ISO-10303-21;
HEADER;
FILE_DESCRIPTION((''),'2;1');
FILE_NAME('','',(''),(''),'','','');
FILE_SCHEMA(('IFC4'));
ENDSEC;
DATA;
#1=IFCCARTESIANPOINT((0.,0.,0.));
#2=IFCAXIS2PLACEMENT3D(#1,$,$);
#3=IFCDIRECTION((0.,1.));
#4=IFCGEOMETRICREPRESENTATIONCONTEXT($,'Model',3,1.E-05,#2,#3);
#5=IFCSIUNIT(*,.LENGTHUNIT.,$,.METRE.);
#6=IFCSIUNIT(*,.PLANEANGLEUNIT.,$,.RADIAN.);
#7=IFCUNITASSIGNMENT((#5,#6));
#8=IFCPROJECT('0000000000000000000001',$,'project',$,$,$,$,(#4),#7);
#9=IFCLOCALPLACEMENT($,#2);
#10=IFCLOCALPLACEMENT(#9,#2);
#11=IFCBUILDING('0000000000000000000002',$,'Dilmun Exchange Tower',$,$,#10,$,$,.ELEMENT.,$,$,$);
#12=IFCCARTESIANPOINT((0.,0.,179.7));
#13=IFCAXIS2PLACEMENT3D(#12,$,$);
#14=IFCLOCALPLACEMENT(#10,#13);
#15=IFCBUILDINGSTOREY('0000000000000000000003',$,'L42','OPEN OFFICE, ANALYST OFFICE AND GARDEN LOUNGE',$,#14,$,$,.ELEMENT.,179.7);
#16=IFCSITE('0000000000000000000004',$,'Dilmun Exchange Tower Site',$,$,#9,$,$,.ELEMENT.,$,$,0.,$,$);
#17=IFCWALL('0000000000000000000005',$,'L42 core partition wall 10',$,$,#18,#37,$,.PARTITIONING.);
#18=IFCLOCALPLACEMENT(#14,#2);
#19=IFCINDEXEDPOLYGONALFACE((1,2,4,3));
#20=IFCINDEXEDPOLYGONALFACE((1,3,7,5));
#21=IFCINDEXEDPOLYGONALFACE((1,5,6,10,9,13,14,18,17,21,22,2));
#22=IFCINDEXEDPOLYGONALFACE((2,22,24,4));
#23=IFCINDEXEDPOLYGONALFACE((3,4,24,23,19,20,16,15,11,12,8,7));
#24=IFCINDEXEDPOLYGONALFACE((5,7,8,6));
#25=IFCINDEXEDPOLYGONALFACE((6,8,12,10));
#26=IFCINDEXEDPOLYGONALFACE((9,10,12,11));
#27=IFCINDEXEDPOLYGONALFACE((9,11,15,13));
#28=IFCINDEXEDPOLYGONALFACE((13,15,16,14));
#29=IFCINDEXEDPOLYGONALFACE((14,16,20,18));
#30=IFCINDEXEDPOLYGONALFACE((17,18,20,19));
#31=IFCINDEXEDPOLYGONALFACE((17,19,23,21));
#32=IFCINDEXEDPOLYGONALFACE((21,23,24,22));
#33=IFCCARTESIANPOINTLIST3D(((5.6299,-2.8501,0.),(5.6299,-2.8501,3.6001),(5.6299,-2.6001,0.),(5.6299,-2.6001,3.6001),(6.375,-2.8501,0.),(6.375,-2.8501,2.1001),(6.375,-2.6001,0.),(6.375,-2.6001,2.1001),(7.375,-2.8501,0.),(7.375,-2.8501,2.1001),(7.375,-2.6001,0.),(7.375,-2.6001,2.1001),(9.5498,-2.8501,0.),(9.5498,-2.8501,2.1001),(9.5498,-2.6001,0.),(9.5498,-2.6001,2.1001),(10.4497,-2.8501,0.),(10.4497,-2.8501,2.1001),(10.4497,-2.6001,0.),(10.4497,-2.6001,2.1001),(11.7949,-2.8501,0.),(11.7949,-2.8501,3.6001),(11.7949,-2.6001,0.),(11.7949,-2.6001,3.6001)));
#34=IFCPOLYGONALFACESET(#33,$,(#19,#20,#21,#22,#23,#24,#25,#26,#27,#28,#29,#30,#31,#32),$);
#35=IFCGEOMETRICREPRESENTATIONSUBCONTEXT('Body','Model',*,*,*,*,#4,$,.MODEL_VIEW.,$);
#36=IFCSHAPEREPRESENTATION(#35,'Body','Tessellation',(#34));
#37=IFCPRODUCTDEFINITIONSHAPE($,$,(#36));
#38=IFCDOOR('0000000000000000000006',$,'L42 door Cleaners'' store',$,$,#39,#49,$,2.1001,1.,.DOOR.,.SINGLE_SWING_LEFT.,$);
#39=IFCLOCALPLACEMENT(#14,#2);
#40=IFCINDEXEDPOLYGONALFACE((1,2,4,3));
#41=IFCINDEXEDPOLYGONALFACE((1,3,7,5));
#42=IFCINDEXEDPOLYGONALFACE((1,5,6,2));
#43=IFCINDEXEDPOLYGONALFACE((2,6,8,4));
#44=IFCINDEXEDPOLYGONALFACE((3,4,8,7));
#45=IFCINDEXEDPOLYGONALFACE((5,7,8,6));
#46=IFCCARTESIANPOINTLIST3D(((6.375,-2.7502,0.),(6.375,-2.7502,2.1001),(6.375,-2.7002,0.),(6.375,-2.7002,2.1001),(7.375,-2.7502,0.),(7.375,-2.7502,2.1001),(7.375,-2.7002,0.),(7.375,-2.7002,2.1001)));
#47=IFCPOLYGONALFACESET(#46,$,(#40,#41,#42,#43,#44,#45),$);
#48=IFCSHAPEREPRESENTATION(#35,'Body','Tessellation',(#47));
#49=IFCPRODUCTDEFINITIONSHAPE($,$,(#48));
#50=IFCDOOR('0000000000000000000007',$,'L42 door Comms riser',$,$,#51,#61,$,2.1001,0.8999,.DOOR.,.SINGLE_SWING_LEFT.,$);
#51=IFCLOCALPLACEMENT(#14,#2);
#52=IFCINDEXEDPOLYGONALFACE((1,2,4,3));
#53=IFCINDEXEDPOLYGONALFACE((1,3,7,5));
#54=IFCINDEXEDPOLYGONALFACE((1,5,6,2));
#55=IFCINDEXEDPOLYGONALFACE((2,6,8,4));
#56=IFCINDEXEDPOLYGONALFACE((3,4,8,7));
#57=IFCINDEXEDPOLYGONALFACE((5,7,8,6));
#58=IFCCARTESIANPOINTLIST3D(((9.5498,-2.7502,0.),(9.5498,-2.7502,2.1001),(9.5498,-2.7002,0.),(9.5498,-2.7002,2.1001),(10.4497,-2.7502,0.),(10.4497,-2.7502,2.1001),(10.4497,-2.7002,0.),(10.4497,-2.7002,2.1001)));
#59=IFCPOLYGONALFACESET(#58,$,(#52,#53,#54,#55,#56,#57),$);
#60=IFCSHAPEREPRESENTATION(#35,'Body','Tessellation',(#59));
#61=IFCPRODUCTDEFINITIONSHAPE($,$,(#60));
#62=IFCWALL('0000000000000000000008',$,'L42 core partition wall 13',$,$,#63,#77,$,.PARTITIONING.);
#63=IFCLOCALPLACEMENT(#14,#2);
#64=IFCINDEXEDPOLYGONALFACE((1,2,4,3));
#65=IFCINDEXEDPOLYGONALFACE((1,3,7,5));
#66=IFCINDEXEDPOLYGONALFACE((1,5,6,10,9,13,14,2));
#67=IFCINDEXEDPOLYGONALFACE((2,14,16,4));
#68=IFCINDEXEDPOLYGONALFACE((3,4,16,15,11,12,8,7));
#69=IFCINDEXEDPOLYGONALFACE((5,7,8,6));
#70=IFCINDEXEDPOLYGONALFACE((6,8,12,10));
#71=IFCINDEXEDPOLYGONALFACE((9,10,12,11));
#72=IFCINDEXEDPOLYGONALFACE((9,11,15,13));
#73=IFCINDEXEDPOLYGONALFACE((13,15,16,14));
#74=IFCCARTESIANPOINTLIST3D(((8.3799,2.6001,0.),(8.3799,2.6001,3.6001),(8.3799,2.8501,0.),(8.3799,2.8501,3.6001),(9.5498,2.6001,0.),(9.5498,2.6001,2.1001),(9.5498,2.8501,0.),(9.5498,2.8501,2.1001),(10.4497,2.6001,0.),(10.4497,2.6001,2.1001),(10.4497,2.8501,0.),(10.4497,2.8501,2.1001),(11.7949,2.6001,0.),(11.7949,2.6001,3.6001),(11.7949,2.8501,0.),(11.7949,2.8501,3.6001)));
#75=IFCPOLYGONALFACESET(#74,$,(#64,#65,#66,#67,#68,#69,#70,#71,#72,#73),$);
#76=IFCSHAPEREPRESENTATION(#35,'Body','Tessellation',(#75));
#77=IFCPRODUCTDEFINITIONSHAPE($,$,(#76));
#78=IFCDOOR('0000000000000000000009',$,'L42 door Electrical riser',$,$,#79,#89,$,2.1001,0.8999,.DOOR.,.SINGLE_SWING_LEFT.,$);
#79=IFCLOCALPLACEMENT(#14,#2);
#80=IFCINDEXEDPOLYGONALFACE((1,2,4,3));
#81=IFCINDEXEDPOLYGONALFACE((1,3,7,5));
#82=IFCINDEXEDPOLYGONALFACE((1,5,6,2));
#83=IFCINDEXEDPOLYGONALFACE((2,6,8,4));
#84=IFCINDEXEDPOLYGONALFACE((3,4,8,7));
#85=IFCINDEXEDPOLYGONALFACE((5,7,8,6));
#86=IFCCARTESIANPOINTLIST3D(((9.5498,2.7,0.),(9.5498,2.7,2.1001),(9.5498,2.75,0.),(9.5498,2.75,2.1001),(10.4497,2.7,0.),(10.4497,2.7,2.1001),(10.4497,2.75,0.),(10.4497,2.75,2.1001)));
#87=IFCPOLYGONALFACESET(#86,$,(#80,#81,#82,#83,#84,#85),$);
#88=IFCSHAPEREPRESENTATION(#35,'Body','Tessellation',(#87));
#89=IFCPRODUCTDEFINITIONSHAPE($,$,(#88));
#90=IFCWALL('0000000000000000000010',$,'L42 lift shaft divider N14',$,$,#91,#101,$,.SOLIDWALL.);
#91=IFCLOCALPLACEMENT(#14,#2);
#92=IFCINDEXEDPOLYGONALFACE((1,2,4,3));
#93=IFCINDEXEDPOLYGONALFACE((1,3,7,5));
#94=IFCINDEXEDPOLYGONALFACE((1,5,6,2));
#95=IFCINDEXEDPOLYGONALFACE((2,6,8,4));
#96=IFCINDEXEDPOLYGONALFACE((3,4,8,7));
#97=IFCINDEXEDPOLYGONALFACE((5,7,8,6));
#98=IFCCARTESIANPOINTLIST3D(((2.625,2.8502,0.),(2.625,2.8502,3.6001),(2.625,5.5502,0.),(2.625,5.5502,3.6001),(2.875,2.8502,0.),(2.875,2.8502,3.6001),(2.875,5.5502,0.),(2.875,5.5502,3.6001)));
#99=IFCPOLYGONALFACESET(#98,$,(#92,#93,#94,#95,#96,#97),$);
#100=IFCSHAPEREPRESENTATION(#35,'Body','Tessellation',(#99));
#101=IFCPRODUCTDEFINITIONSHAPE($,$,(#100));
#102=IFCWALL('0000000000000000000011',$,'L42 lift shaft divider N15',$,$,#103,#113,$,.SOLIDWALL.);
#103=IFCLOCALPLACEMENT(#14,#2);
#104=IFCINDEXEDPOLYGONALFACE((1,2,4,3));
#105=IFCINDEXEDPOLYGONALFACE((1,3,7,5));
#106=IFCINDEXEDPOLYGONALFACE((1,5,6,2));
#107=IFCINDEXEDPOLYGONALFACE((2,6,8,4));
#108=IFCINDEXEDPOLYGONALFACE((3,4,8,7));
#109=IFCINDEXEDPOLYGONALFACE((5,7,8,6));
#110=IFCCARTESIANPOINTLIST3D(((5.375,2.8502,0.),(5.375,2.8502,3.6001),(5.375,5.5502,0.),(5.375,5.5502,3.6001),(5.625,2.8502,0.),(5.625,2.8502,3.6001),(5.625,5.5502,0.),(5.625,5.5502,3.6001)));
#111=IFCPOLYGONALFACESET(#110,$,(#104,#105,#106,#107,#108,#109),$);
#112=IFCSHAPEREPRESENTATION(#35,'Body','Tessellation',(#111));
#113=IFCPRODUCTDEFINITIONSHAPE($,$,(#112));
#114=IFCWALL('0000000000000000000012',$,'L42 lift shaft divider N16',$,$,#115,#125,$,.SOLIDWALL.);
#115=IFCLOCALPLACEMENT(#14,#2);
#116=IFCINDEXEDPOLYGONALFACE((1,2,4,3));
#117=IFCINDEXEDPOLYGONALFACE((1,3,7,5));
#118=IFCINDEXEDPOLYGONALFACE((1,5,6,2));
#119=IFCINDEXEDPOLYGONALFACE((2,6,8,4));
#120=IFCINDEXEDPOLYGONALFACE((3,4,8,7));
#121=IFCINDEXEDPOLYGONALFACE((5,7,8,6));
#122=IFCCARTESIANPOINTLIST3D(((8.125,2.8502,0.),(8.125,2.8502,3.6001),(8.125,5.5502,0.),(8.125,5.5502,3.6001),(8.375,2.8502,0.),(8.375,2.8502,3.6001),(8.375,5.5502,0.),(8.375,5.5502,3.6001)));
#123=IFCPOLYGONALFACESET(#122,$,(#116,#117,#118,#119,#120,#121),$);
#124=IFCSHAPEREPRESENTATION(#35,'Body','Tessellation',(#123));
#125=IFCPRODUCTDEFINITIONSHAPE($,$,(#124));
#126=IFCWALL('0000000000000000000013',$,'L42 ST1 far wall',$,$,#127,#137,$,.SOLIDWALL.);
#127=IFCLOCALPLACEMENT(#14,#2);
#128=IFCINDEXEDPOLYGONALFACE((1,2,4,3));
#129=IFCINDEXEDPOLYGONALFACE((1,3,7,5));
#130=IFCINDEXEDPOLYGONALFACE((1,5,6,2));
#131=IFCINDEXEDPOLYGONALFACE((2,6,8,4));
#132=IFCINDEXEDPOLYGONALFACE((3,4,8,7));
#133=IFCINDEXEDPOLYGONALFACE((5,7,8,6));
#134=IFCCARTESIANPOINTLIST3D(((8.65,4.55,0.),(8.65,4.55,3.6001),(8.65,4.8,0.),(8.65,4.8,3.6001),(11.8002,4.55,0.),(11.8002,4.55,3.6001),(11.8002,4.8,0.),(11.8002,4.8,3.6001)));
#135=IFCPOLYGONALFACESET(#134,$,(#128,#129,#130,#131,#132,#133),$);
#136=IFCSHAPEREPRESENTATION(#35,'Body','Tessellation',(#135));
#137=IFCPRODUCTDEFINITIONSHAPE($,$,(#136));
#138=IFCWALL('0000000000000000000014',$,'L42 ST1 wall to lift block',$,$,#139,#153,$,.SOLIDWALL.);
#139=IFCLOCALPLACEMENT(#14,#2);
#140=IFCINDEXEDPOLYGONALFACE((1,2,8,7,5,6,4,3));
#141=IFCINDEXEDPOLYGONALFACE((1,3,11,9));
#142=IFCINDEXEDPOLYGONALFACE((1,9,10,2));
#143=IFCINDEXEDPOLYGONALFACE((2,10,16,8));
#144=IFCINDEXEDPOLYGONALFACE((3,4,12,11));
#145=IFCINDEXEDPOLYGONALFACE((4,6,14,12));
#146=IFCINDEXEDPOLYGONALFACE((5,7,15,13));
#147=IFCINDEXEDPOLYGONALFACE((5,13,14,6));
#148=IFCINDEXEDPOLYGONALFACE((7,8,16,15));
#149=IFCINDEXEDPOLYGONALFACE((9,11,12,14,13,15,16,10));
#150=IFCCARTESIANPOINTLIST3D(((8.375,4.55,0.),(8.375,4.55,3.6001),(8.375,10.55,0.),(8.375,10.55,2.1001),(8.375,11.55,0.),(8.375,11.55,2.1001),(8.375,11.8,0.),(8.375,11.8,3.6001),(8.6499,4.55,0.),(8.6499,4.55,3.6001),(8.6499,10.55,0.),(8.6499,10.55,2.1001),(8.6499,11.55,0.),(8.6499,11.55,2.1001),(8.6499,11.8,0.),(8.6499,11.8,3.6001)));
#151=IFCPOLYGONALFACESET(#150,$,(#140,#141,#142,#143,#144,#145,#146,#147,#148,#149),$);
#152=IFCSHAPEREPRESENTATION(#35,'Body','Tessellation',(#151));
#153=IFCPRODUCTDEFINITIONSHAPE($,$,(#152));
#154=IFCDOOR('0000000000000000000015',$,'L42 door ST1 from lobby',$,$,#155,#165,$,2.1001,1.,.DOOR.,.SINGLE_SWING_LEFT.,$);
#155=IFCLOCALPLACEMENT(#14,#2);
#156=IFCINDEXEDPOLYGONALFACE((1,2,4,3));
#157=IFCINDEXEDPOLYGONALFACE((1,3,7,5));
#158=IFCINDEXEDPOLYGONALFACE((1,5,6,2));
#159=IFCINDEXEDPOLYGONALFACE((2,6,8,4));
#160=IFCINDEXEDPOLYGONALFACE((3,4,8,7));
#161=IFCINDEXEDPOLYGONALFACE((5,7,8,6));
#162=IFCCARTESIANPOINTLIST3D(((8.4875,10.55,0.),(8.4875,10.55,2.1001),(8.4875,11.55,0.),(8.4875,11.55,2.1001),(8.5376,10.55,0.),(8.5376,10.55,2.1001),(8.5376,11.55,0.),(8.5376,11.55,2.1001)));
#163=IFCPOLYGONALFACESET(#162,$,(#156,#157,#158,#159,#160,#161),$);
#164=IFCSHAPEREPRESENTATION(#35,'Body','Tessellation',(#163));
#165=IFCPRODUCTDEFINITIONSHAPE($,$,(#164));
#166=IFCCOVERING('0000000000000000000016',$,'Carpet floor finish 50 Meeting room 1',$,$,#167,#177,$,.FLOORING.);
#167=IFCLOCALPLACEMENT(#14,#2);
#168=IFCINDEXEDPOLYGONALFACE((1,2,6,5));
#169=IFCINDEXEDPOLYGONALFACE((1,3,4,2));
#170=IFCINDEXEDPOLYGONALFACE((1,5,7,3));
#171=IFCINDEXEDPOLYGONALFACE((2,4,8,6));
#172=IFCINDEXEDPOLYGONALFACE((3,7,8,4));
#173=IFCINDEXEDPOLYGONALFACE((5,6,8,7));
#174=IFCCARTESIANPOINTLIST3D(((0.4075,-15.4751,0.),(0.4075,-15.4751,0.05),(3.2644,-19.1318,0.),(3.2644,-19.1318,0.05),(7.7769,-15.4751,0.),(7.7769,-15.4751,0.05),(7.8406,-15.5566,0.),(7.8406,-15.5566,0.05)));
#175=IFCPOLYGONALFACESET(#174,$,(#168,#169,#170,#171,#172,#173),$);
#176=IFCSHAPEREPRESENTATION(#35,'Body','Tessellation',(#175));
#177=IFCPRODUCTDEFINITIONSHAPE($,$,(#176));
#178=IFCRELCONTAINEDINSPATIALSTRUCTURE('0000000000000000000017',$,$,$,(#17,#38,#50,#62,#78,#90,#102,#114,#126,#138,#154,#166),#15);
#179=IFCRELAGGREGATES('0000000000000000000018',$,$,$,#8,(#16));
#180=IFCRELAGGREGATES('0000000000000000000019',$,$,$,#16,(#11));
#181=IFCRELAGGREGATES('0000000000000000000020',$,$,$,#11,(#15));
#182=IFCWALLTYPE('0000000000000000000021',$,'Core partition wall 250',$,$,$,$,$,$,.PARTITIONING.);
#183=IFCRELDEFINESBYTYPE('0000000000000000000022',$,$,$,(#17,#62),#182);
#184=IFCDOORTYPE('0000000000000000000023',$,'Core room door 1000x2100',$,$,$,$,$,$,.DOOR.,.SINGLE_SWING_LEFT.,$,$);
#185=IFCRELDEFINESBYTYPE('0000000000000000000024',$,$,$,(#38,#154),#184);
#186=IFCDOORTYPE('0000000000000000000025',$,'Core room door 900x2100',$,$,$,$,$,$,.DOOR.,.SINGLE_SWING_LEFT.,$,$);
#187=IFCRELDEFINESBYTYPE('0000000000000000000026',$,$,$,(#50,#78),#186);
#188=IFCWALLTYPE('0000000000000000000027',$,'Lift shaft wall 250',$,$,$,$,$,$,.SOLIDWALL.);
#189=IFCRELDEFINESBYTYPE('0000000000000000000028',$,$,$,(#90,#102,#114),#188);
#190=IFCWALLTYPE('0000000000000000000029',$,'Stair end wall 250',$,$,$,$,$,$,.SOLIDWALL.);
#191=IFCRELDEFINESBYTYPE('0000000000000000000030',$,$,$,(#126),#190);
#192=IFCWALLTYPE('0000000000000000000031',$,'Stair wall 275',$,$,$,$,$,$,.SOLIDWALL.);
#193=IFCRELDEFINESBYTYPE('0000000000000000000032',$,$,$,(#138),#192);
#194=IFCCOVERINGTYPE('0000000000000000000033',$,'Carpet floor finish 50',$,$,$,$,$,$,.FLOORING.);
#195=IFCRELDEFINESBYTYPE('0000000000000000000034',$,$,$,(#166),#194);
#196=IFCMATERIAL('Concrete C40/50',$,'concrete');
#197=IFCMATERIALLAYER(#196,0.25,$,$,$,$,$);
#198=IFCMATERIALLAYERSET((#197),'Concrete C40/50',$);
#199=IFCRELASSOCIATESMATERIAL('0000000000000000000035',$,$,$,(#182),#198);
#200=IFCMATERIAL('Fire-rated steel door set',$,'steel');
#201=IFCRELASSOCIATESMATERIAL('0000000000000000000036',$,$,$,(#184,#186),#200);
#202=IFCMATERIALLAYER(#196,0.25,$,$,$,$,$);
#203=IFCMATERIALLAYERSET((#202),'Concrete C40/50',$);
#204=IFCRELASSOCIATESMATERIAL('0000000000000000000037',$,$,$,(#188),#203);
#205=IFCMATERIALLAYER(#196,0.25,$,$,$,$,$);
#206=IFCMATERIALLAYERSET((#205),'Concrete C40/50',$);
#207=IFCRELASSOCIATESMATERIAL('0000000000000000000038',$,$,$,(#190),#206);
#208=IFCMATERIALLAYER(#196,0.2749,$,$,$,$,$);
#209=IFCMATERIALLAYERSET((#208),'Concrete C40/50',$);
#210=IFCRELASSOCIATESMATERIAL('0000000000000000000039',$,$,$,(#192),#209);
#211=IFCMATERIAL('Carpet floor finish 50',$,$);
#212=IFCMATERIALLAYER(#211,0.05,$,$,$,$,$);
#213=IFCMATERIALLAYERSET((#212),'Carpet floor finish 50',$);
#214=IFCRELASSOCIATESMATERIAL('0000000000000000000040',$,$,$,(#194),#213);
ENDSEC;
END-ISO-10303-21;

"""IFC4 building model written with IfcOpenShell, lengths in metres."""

from ifc_helpers import new_model, si_unit, direction, frame, frame_2d, origin, place, context, subcontext, project, spatial, polyline, rectangle, outline, extrude, material, layer, layer_set, type_object, element, fill, save


model = new_model("IFC4")

# Units and contexts
model_context = context("Model", 3, precision=1e-05, world=origin(), true_north=direction((0.0, 1.0)))
body_context = subcontext(model_context, "Body", "Model", "MODEL_VIEW")
ifc_project = project(units=[si_unit("LENGTHUNIT", "METRE"), si_unit("PLANEANGLEUNIT", "RADIAN")], contexts=[model_context])

# Site, building, storey
site_placement = place(None, origin())
site = spatial("IfcSite", under=ifc_project, at=site_placement, Name="Dilmun Exchange Tower Site", CompositionType="ELEMENT", RefElevation=0.0)
building_placement = place(site_placement, origin())
building = spatial("IfcBuilding", under=site, at=building_placement, Name="Dilmun Exchange Tower", CompositionType="ELEMENT")
storey_placement = place(building_placement, frame((0.0, 0.0, 179.7)))
storey = spatial("IfcBuildingStorey", under=building, at=storey_placement, Name="L42", Description="OPEN OFFICE, ANALYST OFFICE AND GARDEN LOUNGE", CompositionType="ELEMENT", Elevation=179.7)

# Shared definitions
ifc_material_1 = material(Name="Concrete C40/50", Category="concrete")
ifc_material_2 = material(Name="Fire-rated steel door set", Category="steel")

# Wall, openings, doors
ifc_layer_1 = layer(ifc_material_1, 0.25)
ifc_layer_set_1 = layer_set([ifc_layer_1], Name="Concrete C40/50")
wall_type_1 = type_object("IfcWallType", Name="Core partition wall 250", PredefinedType="PARTITIONING", material=ifc_layer_set_1)
wall_1_placement = place(storey_placement, frame((5.6299, -2.7251, 0.0), z_axis=(0.0, 0.0, 1.0), x_axis=(1.0, 0.0, 0.0)))
wall_1 = element("IfcWall", 1, at=wall_1_placement, inside=storey, type_object=wall_type_1, Name="L42 core partition wall 10", PredefinedType="PARTITIONING", context=body_context, shape_type="SweptSolid", body=[
    extrude(rectangle(XDim=6.165, YDim=0.25, at=frame_2d((3.0825, 0.0))), origin(), (0.0, 0.0, 1.0), 3.6001),
])
opening_1_placement = place(wall_1_placement, frame((0.7451, 0.0, 0.0)))
opening_1 = element("IfcOpeningElement", 2, at=opening_1_placement, cuts=wall_1, PredefinedType="OPENING", context=body_context, shape_type="SweptSolid", body=[
    extrude(rectangle(XDim=1.0, YDim=2.1001, at=frame_2d((0.5, 1.05))), frame((0.0, 0.135, 0.0), z_axis=(0.0, -1.0, 0.0), x_axis=(1.0, 0.0, 0.0)), (0.0, 0.0, 1.0), 0.27),
])
opening_2_placement = place(wall_1_placement, frame((3.9199, 0.0, 0.0)))
opening_2 = element("IfcOpeningElement", 3, at=opening_2_placement, cuts=wall_1, PredefinedType="OPENING", context=body_context, shape_type="SweptSolid", body=[
    extrude(rectangle(XDim=0.8999, YDim=2.1001, at=frame_2d((0.45, 1.05))), frame((0.0, 0.135, 0.0), z_axis=(0.0, -1.0, 0.0), x_axis=(1.0, 0.0, 0.0)), (0.0, 0.0, 1.0), 0.27),
])
door_type_1 = type_object("IfcDoorType", Name="Core room door 1000x2100", OperationType="SINGLE_SWING_LEFT", PredefinedType="DOOR", material=ifc_material_2)
door_1_placement = place(opening_1_placement, origin())
door_1 = element("IfcDoor", 4, at=door_1_placement, inside=storey, type_object=door_type_1, Name="L42 door Cleaners' store", OperationType="SINGLE_SWING_LEFT", OverallHeight=2.1001, OverallWidth=1.0, PredefinedType="DOOR", context=body_context, shape_type="SweptSolid", body=[
    extrude(rectangle(XDim=1.0, YDim=2.1001, at=frame_2d((0.5, 1.05))), frame((0.0, 0.0249, 0.0), z_axis=(0.0, -1.0, 0.0), x_axis=(1.0, 0.0, 0.0)), (0.0, 0.0, 1.0), 0.05),
])
fill(opening_1, door_1)
door_type_2 = type_object("IfcDoorType", Name="Core room door 900x2100", OperationType="SINGLE_SWING_LEFT", PredefinedType="DOOR", material=ifc_material_2)
door_2_placement = place(opening_2_placement, origin())
door_2 = element("IfcDoor", 5, at=door_2_placement, inside=storey, type_object=door_type_2, Name="L42 door Comms riser", OperationType="SINGLE_SWING_LEFT", OverallHeight=2.1001, OverallWidth=0.8999, PredefinedType="DOOR", context=body_context, shape_type="SweptSolid", body=[
    extrude(rectangle(XDim=0.8999, YDim=2.1001, at=frame_2d((0.45, 1.05))), frame((0.0, 0.0249, 0.0), z_axis=(0.0, -1.0, 0.0), x_axis=(1.0, 0.0, 0.0)), (0.0, 0.0, 1.0), 0.05),
])
fill(opening_2, door_2)

# Wall, opening, door
wall_2_placement = place(storey_placement, frame((8.3799, 2.7251, 0.0), z_axis=(0.0, 0.0, 1.0), x_axis=(1.0, 0.0, 0.0)))
wall_2 = element("IfcWall", 6, at=wall_2_placement, inside=storey, type_object=wall_type_1, Name="L42 core partition wall 13", PredefinedType="PARTITIONING", context=body_context, shape_type="SweptSolid", body=[
    extrude(rectangle(XDim=3.415, YDim=0.25, at=frame_2d((1.7075, 0.0))), origin(), (0.0, 0.0, 1.0), 3.6001),
])
opening_3_placement = place(wall_2_placement, frame((1.1699, 0.0, 0.0)))
opening_3 = element("IfcOpeningElement", 7, at=opening_3_placement, cuts=wall_2, PredefinedType="OPENING", context=body_context, shape_type="SweptSolid", body=[
    extrude(rectangle(XDim=0.8999, YDim=2.1001, at=frame_2d((0.45, 1.05))), frame((0.0, 0.135, 0.0), z_axis=(0.0, -1.0, 0.0), x_axis=(1.0, 0.0, 0.0)), (0.0, 0.0, 1.0), 0.27),
])
door_3_placement = place(opening_3_placement, origin())
door_3 = element("IfcDoor", 8, at=door_3_placement, inside=storey, type_object=door_type_2, Name="L42 door Electrical riser", OperationType="SINGLE_SWING_LEFT", OverallHeight=2.1001, OverallWidth=0.8999, PredefinedType="DOOR", context=body_context, shape_type="SweptSolid", body=[
    extrude(rectangle(XDim=0.8999, YDim=2.1001, at=frame_2d((0.45, 1.05))), frame((0.0, 0.0249, 0.0), z_axis=(0.0, -1.0, 0.0), x_axis=(1.0, 0.0, 0.0)), (0.0, 0.0, 1.0), 0.05),
])
fill(opening_3, door_3)

# Walls
ifc_layer_2 = layer(ifc_material_1, 0.25)
ifc_layer_set_2 = layer_set([ifc_layer_2], Name="Concrete C40/50")
wall_type_2 = type_object("IfcWallType", Name="Lift shaft wall 250", PredefinedType="SOLIDWALL", material=ifc_layer_set_2)
for number, where, z_axis, x_axis, name in (
    (9, (2.75, 2.8501, 0.0), (0.0, 0.0, 1.0), (0.0, 1.0, 0.0), "L42 lift shaft divider N14"),
    (10, (5.5, 2.8501, 0.0), (0.0, 0.0, 1.0), (0.0, 1.0, 0.0), "L42 lift shaft divider N15"),
    (11, (8.25, 2.8501, 0.0), (0.0, 0.0, 1.0), (0.0, 1.0, 0.0), "L42 lift shaft divider N16"),
):
    element("IfcWall", number, at=place(storey_placement, frame(where, z_axis=z_axis, x_axis=x_axis)), inside=storey, type_object=wall_type_2, Name=name, PredefinedType="SOLIDWALL", context=body_context, shape_type="SweptSolid", body=[
        extrude(rectangle(XDim=2.7, YDim=0.25, at=frame_2d((1.3501, 0.0))), origin(), (0.0, 0.0, 1.0), 3.6001),
    ])
ifc_layer_3 = layer(ifc_material_1, 0.25)
ifc_layer_set_3 = layer_set([ifc_layer_3], Name="Concrete C40/50")
wall_type_3 = type_object("IfcWallType", Name="Stair end wall 250", PredefinedType="SOLIDWALL", material=ifc_layer_set_3)
wall_3_placement = place(storey_placement, frame((8.6499, 4.675, 0.0), z_axis=(0.0, 0.0, 1.0), x_axis=(1.0, 0.0, 0.0)))
element("IfcWall", 12, at=wall_3_placement, inside=storey, type_object=wall_type_3, Name="L42 ST1 far wall", PredefinedType="SOLIDWALL", context=body_context, shape_type="SweptSolid", body=[
    extrude(rectangle(XDim=3.1501, YDim=0.25, at=frame_2d((1.5752, 0.0))), origin(), (0.0, 0.0, 1.0), 3.6001),
])

# Wall, opening, door
ifc_layer_4 = layer(ifc_material_1, 0.2749)
ifc_layer_set_4 = layer_set([ifc_layer_4], Name="Concrete C40/50")
wall_type_4 = type_object("IfcWallType", Name="Stair wall 275", PredefinedType="SOLIDWALL", material=ifc_layer_set_4)
wall_4_placement = place(storey_placement, frame((8.5125, 4.55, 0.0), z_axis=(0.0, 0.0, 1.0), x_axis=(0.0, 1.0, 0.0)))
wall_4 = element("IfcWall", 13, at=wall_4_placement, inside=storey, type_object=wall_type_4, Name="L42 ST1 wall to lift block", PredefinedType="SOLIDWALL", context=body_context, shape_type="SweptSolid", body=[
    extrude(rectangle(XDim=7.25, YDim=0.2749, at=frame_2d((3.625, 0.0))), origin(), (0.0, 0.0, 1.0), 3.6001),
])
opening_4_placement = place(wall_4_placement, frame((6.0, 0.0, 0.0)))
opening_4 = element("IfcOpeningElement", 14, at=opening_4_placement, cuts=wall_4, PredefinedType="OPENING", context=body_context, shape_type="SweptSolid", body=[
    extrude(rectangle(XDim=1.0, YDim=2.1001, at=frame_2d((0.5, 1.05))), frame((0.0, 0.1475, 0.0), z_axis=(0.0, -1.0, 0.0), x_axis=(1.0, 0.0, 0.0)), (0.0, 0.0, 1.0), 0.2949),
])
door_4_placement = place(opening_4_placement, origin())
door_4 = element("IfcDoor", 15, at=door_4_placement, inside=storey, type_object=door_type_1, Name="L42 door ST1 from lobby", OperationType="SINGLE_SWING_LEFT", OverallHeight=2.1001, OverallWidth=1.0, PredefinedType="DOOR", context=body_context, shape_type="SweptSolid", body=[
    extrude(rectangle(XDim=1.0, YDim=2.1001, at=frame_2d((0.5, 1.05))), frame((0.0, 0.0249, 0.0), z_axis=(0.0, -1.0, 0.0), x_axis=(1.0, 0.0, 0.0)), (0.0, 0.0, 1.0), 0.05),
])
fill(opening_4, door_4)

# Covering
ifc_material_3 = material(Name="Carpet floor finish 50")
ifc_layer_5 = layer(ifc_material_3, 0.05)
ifc_layer_set_5 = layer_set([ifc_layer_5], Name="Carpet floor finish 50")
covering_type_1 = type_object("IfcCoveringType", Name="Carpet floor finish 50", PredefinedType="FLOORING", material=ifc_layer_set_5)
covering_1_placement = place(storey_placement, origin())
element("IfcCovering", 16, at=covering_1_placement, inside=storey, type_object=covering_type_1, Name="Carpet floor finish 50 Meeting room 1", PredefinedType="FLOORING", context=body_context, shape_type="SweptSolid", body=[
    extrude(outline(polyline([(7.8406, -15.5566), (3.2644, -19.1318), (0.4075, -15.4751), (7.7769, -15.4751), (7.8406, -15.5566)])), origin(), (0.0, 0.0, 1.0), 0.05),
])

save(model, "model.ifc")
